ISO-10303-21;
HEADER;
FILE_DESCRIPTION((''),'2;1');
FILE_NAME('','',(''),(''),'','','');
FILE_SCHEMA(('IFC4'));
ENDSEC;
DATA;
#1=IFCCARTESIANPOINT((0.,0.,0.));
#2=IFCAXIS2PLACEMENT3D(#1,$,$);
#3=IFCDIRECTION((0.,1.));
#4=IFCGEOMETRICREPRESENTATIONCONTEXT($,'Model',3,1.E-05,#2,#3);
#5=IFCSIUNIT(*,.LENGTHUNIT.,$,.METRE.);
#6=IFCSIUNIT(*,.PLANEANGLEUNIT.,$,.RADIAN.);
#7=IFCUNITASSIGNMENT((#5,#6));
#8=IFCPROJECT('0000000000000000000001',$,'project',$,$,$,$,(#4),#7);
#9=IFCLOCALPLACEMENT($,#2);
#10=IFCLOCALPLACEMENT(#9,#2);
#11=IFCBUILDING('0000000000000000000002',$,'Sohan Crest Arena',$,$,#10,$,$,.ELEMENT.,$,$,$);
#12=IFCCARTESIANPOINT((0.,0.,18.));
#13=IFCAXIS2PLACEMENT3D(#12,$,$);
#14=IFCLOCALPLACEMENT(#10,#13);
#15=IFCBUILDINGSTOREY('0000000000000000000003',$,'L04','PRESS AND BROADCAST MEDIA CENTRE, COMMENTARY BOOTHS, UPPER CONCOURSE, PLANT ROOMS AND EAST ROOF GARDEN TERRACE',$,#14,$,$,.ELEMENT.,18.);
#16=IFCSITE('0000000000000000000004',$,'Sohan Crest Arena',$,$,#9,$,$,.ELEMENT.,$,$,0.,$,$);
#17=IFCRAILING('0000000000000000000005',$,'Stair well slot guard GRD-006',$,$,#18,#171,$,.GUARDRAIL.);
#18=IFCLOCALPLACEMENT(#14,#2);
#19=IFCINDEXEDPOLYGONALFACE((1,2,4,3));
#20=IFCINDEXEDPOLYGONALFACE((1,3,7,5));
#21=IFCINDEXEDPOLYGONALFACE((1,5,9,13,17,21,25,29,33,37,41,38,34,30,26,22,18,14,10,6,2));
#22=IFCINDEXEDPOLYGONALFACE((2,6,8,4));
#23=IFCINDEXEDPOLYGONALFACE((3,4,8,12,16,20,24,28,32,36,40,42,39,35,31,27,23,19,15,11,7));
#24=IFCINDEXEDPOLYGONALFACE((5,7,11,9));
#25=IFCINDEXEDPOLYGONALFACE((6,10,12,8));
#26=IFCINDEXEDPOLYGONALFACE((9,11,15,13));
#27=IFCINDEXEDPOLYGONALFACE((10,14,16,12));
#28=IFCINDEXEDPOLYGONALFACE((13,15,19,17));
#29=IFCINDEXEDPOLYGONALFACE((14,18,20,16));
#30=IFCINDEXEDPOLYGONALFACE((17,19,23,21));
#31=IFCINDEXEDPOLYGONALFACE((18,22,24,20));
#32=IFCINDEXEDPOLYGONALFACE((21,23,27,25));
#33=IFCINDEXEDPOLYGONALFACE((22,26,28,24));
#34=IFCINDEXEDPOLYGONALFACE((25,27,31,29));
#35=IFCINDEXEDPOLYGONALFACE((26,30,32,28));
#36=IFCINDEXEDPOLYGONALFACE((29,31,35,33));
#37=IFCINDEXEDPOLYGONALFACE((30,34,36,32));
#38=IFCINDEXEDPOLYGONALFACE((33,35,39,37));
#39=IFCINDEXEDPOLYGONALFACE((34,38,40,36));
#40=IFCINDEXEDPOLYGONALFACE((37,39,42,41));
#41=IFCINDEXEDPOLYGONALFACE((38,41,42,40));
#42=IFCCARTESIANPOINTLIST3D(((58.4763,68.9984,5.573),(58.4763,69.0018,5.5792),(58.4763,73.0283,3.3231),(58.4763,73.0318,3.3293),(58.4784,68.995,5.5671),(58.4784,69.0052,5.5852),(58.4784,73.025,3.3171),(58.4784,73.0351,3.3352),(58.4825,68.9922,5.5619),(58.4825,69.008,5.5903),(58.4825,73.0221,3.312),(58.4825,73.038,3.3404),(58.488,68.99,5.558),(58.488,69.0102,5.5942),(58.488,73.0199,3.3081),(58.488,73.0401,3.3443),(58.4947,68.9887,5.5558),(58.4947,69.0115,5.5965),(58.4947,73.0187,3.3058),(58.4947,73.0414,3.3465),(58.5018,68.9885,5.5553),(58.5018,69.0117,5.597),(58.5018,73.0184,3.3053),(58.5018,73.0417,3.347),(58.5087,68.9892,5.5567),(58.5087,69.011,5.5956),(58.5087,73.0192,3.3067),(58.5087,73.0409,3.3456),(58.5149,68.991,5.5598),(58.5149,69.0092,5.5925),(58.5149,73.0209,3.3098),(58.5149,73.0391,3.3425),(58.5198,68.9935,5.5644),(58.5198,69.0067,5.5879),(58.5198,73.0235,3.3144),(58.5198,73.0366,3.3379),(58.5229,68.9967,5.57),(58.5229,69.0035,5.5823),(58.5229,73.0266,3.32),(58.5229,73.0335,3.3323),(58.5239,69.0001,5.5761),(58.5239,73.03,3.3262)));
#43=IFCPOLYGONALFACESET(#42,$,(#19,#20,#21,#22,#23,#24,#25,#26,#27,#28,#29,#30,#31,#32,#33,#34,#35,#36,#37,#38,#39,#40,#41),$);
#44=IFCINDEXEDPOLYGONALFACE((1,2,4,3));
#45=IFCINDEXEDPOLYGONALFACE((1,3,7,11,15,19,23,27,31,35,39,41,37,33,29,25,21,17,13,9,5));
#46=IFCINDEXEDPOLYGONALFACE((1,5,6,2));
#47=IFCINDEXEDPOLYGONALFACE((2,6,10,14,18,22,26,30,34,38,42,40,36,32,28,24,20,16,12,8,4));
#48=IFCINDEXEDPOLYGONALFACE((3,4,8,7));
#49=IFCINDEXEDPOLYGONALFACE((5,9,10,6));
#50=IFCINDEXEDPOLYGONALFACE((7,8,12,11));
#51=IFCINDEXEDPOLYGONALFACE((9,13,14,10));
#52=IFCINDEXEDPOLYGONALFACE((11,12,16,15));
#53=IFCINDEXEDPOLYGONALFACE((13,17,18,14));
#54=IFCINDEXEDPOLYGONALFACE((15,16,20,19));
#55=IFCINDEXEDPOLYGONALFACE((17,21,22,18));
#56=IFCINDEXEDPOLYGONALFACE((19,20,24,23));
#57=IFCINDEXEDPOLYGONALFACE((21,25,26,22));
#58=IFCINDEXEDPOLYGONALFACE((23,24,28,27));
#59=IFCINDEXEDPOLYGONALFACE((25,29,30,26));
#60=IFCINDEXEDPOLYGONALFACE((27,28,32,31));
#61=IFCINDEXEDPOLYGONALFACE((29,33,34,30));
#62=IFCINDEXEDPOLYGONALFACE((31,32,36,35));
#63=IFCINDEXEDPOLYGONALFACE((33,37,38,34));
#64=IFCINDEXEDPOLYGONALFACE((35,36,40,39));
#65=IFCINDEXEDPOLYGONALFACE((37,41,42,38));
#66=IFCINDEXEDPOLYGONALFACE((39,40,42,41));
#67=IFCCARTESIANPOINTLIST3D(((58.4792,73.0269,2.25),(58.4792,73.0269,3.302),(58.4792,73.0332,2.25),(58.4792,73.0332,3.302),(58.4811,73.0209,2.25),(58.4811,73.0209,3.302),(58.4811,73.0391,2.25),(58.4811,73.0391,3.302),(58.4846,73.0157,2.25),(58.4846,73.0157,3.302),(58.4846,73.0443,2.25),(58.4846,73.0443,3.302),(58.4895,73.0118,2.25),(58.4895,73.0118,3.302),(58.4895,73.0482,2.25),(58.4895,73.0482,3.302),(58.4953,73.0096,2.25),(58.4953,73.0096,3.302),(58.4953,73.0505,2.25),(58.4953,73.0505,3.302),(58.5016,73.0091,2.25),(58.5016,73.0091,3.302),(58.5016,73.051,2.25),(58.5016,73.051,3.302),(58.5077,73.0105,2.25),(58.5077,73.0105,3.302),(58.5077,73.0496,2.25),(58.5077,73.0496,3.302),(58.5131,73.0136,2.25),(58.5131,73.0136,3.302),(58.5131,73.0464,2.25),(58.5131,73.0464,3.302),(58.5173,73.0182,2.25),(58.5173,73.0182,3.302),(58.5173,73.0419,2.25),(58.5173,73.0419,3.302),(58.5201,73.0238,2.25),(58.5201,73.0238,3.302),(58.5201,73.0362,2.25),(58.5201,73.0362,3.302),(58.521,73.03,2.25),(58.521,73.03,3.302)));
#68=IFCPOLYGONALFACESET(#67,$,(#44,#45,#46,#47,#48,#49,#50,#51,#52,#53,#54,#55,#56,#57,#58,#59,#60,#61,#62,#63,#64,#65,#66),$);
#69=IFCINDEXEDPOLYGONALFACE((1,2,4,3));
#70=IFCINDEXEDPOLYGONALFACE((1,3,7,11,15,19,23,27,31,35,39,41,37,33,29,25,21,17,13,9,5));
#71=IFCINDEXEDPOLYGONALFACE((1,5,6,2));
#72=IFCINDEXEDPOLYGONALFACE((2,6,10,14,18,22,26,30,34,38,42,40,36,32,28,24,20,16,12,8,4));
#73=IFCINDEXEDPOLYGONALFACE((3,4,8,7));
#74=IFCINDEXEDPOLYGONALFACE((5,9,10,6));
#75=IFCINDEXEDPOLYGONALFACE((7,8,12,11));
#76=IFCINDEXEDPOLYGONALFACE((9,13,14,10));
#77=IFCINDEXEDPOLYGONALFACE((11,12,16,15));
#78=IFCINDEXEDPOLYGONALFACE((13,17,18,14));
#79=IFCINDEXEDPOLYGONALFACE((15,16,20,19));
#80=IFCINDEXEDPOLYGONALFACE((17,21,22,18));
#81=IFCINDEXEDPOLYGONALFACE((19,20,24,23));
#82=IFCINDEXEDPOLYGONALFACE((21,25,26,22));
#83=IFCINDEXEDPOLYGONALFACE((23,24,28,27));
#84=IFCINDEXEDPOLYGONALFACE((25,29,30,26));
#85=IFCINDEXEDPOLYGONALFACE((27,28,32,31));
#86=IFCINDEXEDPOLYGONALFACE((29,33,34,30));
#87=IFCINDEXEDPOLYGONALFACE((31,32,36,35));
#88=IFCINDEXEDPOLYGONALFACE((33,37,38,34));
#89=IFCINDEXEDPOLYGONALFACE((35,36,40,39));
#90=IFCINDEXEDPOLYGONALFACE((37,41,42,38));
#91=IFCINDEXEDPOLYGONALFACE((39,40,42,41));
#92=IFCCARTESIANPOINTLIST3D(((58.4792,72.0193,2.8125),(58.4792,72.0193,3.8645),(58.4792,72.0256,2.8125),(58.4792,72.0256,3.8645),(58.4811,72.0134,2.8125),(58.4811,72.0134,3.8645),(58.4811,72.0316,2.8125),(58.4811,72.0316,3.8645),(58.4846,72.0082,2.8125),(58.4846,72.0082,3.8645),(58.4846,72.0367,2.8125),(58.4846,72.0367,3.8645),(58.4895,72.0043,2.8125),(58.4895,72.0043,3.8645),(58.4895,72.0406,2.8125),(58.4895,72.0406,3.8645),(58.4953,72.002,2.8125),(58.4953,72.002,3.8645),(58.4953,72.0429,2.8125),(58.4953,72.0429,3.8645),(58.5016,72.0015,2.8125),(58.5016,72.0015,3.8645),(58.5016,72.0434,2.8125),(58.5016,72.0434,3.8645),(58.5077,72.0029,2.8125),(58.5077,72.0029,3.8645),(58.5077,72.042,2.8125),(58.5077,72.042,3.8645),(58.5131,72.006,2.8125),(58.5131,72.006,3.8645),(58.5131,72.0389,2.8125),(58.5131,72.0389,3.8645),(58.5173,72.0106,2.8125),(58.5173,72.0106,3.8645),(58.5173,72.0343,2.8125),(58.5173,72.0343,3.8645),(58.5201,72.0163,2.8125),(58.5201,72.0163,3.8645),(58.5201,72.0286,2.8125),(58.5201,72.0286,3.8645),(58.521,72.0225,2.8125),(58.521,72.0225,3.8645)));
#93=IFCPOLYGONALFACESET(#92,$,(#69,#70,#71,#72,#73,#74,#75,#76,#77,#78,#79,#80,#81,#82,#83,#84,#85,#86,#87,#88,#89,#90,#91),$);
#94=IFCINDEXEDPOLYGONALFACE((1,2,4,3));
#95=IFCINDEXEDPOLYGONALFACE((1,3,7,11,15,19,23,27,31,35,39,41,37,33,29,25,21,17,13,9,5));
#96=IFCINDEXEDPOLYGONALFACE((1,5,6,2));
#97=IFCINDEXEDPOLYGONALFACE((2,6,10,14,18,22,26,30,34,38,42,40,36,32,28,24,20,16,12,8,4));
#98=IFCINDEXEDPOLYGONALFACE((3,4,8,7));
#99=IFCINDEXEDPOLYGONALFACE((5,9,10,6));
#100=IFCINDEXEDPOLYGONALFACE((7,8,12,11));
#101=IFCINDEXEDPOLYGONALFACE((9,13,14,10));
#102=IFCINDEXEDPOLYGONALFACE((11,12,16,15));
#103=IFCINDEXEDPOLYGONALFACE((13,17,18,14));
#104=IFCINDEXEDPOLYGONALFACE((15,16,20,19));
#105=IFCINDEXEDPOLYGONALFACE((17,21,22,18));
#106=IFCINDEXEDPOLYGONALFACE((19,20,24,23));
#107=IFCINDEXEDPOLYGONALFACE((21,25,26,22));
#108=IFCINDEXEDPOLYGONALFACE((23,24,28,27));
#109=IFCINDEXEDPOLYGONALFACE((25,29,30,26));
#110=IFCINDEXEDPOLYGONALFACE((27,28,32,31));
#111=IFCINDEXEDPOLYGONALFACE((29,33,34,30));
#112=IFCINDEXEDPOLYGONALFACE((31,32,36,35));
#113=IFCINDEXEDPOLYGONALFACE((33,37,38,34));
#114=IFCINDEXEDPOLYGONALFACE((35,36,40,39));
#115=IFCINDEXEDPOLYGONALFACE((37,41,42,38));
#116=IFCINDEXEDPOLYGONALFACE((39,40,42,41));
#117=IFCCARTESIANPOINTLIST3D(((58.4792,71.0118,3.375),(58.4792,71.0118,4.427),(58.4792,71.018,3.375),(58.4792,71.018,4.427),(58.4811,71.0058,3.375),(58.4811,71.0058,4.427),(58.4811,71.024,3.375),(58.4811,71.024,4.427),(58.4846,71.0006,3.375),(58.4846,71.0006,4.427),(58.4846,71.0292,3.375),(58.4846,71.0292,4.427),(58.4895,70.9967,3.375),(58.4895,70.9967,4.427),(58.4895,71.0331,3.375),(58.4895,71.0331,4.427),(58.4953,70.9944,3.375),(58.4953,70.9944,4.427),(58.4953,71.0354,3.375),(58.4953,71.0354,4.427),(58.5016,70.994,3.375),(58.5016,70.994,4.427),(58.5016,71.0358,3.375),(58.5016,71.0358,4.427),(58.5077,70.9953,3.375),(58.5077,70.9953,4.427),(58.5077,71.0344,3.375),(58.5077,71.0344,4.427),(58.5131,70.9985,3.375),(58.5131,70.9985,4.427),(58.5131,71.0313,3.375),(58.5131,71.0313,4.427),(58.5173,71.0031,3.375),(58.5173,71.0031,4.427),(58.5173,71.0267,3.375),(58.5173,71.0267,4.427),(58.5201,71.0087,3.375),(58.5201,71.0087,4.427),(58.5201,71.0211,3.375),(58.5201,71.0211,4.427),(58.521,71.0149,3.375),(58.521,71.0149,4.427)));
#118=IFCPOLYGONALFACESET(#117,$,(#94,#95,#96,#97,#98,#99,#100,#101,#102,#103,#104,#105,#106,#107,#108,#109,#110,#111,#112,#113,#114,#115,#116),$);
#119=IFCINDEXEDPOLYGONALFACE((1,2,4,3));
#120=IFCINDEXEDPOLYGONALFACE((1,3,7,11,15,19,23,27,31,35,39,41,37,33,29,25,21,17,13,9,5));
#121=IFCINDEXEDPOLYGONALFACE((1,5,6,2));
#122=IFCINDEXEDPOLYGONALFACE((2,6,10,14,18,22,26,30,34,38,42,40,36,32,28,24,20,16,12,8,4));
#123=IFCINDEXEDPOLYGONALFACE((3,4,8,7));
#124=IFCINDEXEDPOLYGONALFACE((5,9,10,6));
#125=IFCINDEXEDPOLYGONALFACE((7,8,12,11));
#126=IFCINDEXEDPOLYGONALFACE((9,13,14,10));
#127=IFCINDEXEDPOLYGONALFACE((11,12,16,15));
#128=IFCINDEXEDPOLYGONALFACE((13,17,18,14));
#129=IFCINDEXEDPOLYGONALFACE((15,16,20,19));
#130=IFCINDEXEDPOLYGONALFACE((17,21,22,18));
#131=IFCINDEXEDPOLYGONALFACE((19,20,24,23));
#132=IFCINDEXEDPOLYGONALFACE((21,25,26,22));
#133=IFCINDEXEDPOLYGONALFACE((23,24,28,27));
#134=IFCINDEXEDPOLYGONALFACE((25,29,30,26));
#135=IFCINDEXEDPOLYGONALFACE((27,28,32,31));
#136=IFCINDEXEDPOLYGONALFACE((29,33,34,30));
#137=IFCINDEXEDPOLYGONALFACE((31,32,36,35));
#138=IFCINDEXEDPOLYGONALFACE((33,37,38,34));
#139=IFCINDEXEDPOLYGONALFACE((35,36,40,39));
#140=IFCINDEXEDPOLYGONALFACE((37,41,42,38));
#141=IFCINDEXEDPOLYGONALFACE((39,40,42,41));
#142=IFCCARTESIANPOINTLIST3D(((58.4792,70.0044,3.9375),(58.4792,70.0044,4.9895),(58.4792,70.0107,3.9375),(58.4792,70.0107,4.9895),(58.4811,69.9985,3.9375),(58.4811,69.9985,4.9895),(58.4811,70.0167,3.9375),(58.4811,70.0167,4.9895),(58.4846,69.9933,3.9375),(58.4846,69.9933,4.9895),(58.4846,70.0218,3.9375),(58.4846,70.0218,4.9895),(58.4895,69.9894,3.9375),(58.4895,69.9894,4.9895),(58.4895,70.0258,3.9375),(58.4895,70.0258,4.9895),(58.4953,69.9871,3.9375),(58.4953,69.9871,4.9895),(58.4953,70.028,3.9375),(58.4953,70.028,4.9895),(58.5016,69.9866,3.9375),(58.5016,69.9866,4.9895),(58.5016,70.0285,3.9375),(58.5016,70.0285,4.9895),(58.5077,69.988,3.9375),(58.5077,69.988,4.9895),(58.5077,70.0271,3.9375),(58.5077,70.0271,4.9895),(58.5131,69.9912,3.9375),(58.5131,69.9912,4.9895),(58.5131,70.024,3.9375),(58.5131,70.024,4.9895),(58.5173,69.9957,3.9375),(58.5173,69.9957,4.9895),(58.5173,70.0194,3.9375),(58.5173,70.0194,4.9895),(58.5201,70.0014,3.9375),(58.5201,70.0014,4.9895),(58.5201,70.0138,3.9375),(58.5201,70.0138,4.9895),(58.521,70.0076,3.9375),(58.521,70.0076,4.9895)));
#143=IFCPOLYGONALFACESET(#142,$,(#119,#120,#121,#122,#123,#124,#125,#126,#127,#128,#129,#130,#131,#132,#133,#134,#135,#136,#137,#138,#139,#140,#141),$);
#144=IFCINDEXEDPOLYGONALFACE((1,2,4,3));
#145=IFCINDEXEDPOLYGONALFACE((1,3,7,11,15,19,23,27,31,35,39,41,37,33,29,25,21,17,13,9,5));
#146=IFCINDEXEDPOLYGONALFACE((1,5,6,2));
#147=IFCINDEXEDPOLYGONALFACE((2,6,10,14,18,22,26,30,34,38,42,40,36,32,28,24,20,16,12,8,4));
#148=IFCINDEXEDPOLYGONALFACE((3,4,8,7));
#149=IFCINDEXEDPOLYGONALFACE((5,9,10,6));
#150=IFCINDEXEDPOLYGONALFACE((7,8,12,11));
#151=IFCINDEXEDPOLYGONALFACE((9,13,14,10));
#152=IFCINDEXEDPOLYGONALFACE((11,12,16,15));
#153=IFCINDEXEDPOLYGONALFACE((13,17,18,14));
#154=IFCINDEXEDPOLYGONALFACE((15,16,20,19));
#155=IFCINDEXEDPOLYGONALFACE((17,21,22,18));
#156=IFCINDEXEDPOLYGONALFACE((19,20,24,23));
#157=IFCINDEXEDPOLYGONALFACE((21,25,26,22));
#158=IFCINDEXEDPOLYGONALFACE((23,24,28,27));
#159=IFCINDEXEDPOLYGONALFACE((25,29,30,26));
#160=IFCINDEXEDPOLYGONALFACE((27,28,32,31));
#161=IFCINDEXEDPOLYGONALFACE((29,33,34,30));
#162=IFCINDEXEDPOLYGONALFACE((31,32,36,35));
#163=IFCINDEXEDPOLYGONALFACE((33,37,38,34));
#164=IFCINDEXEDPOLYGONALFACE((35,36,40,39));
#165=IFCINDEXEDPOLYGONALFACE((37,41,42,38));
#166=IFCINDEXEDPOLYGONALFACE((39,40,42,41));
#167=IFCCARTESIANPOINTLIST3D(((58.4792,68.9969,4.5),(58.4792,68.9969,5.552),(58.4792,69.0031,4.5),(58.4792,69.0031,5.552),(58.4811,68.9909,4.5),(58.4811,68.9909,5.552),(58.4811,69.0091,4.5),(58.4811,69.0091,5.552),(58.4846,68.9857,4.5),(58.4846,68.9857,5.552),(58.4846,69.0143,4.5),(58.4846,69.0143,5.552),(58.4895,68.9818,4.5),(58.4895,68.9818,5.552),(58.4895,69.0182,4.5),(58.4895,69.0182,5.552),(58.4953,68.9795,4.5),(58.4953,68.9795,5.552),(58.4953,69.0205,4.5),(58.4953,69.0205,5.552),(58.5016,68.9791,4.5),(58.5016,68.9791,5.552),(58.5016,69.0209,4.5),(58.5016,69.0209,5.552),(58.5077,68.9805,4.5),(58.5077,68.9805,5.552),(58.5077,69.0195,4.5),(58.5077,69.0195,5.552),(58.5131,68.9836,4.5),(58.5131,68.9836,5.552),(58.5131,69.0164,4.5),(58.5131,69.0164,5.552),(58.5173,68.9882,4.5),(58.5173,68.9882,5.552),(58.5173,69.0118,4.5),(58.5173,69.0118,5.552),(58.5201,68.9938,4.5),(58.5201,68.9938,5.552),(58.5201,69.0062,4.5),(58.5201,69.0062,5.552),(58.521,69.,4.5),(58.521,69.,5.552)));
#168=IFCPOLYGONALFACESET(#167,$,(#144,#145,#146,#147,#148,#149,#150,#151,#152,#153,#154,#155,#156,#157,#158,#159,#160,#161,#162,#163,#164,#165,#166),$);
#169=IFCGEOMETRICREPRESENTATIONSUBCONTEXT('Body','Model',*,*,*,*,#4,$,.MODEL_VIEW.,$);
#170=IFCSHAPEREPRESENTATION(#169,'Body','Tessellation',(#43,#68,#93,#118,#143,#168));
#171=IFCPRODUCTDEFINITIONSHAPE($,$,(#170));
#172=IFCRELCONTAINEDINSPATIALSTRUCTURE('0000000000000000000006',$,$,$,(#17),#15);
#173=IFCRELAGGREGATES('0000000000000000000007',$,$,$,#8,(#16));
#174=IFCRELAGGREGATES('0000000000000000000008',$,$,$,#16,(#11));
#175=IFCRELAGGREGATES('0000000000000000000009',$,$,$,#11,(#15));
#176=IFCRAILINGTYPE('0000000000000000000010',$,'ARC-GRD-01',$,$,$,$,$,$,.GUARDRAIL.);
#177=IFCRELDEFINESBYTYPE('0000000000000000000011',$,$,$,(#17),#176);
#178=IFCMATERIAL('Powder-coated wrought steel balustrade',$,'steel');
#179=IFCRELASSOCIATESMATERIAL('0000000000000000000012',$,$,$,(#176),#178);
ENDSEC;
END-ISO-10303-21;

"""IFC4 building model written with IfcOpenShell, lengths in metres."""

from ifc_helpers import new_model, si_unit, direction, frame, origin, origin_2d, place, context, subcontext, project, spatial, circle, extrude, material, type_object, element, save


model = new_model("IFC4")

# Units and contexts
model_context = context("Model", 3, precision=1e-05, world=origin(), true_north=direction((0.0, 1.0)))
body_context = subcontext(model_context, "Body", "Model", "MODEL_VIEW")
ifc_project = project(units=[si_unit("LENGTHUNIT", "METRE"), si_unit("PLANEANGLEUNIT", "RADIAN")], contexts=[model_context])

# Site, building, storey
site_placement = place(None, origin())
site = spatial("IfcSite", under=ifc_project, at=site_placement, Name="Sohan Crest Arena", CompositionType="ELEMENT", RefElevation=0.0)
building_placement = place(site_placement, origin())
building = spatial("IfcBuilding", under=site, at=building_placement, Name="Sohan Crest Arena", CompositionType="ELEMENT")
storey_placement = place(building_placement, frame((0.0, 0.0, 18.0)))
storey = spatial("IfcBuildingStorey", under=building, at=storey_placement, Name="L04", Description="PRESS AND BROADCAST MEDIA CENTRE, COMMENTARY BOOTHS, UPPER CONCOURSE, PLANT ROOMS AND EAST ROOF GARDEN TERRACE", CompositionType="ELEMENT", Elevation=18.0)

# Railing
ifc_material_1 = material(Name="Powder-coated wrought steel balustrade", Category="steel")
railing_type_1 = type_object("IfcRailingType", Name="ARC-GRD-01", PredefinedType="GUARDRAIL", material=ifc_material_1)
railing_1_placement = place(storey_placement, frame((58.5, 73.03, 2.25)))
element("IfcRailing", 1, at=railing_1_placement, inside=storey, type_object=railing_type_1, Name="Stair well slot guard GRD-006", PredefinedType="GUARDRAIL", context=body_context, shape_type="SweptSolid", body=[
    extrude(circle(Radius=0.0239, at=origin_2d()), frame((0.0, 0.0, 1.0762), z_axis=(0.0, -0.873135, 0.487479), x_axis=(1.0, 0.0, 0.0)), (0.0, 0.0, 1.0), 4.6155),
    extrude(circle(Radius=0.021, at=origin_2d()), origin(), (0.0, 0.0, 1.0), 1.052),
    extrude(circle(Radius=0.021, at=origin_2d()), frame((0.0, -1.0076, 0.5625)), (0.0, 0.0, 1.0), 1.052),
    extrude(circle(Radius=0.021, at=origin_2d()), frame((0.0, -2.0151, 1.125)), (0.0, 0.0, 1.0), 1.052),
    extrude(circle(Radius=0.021, at=origin_2d()), frame((0.0, -3.0225, 1.6875)), (0.0, 0.0, 1.0), 1.052),
    extrude(circle(Radius=0.021, at=origin_2d()), frame((0.0, -4.03, 2.25)), (0.0, 0.0, 1.0), 1.052),
])

save(model, "model.ifc")
